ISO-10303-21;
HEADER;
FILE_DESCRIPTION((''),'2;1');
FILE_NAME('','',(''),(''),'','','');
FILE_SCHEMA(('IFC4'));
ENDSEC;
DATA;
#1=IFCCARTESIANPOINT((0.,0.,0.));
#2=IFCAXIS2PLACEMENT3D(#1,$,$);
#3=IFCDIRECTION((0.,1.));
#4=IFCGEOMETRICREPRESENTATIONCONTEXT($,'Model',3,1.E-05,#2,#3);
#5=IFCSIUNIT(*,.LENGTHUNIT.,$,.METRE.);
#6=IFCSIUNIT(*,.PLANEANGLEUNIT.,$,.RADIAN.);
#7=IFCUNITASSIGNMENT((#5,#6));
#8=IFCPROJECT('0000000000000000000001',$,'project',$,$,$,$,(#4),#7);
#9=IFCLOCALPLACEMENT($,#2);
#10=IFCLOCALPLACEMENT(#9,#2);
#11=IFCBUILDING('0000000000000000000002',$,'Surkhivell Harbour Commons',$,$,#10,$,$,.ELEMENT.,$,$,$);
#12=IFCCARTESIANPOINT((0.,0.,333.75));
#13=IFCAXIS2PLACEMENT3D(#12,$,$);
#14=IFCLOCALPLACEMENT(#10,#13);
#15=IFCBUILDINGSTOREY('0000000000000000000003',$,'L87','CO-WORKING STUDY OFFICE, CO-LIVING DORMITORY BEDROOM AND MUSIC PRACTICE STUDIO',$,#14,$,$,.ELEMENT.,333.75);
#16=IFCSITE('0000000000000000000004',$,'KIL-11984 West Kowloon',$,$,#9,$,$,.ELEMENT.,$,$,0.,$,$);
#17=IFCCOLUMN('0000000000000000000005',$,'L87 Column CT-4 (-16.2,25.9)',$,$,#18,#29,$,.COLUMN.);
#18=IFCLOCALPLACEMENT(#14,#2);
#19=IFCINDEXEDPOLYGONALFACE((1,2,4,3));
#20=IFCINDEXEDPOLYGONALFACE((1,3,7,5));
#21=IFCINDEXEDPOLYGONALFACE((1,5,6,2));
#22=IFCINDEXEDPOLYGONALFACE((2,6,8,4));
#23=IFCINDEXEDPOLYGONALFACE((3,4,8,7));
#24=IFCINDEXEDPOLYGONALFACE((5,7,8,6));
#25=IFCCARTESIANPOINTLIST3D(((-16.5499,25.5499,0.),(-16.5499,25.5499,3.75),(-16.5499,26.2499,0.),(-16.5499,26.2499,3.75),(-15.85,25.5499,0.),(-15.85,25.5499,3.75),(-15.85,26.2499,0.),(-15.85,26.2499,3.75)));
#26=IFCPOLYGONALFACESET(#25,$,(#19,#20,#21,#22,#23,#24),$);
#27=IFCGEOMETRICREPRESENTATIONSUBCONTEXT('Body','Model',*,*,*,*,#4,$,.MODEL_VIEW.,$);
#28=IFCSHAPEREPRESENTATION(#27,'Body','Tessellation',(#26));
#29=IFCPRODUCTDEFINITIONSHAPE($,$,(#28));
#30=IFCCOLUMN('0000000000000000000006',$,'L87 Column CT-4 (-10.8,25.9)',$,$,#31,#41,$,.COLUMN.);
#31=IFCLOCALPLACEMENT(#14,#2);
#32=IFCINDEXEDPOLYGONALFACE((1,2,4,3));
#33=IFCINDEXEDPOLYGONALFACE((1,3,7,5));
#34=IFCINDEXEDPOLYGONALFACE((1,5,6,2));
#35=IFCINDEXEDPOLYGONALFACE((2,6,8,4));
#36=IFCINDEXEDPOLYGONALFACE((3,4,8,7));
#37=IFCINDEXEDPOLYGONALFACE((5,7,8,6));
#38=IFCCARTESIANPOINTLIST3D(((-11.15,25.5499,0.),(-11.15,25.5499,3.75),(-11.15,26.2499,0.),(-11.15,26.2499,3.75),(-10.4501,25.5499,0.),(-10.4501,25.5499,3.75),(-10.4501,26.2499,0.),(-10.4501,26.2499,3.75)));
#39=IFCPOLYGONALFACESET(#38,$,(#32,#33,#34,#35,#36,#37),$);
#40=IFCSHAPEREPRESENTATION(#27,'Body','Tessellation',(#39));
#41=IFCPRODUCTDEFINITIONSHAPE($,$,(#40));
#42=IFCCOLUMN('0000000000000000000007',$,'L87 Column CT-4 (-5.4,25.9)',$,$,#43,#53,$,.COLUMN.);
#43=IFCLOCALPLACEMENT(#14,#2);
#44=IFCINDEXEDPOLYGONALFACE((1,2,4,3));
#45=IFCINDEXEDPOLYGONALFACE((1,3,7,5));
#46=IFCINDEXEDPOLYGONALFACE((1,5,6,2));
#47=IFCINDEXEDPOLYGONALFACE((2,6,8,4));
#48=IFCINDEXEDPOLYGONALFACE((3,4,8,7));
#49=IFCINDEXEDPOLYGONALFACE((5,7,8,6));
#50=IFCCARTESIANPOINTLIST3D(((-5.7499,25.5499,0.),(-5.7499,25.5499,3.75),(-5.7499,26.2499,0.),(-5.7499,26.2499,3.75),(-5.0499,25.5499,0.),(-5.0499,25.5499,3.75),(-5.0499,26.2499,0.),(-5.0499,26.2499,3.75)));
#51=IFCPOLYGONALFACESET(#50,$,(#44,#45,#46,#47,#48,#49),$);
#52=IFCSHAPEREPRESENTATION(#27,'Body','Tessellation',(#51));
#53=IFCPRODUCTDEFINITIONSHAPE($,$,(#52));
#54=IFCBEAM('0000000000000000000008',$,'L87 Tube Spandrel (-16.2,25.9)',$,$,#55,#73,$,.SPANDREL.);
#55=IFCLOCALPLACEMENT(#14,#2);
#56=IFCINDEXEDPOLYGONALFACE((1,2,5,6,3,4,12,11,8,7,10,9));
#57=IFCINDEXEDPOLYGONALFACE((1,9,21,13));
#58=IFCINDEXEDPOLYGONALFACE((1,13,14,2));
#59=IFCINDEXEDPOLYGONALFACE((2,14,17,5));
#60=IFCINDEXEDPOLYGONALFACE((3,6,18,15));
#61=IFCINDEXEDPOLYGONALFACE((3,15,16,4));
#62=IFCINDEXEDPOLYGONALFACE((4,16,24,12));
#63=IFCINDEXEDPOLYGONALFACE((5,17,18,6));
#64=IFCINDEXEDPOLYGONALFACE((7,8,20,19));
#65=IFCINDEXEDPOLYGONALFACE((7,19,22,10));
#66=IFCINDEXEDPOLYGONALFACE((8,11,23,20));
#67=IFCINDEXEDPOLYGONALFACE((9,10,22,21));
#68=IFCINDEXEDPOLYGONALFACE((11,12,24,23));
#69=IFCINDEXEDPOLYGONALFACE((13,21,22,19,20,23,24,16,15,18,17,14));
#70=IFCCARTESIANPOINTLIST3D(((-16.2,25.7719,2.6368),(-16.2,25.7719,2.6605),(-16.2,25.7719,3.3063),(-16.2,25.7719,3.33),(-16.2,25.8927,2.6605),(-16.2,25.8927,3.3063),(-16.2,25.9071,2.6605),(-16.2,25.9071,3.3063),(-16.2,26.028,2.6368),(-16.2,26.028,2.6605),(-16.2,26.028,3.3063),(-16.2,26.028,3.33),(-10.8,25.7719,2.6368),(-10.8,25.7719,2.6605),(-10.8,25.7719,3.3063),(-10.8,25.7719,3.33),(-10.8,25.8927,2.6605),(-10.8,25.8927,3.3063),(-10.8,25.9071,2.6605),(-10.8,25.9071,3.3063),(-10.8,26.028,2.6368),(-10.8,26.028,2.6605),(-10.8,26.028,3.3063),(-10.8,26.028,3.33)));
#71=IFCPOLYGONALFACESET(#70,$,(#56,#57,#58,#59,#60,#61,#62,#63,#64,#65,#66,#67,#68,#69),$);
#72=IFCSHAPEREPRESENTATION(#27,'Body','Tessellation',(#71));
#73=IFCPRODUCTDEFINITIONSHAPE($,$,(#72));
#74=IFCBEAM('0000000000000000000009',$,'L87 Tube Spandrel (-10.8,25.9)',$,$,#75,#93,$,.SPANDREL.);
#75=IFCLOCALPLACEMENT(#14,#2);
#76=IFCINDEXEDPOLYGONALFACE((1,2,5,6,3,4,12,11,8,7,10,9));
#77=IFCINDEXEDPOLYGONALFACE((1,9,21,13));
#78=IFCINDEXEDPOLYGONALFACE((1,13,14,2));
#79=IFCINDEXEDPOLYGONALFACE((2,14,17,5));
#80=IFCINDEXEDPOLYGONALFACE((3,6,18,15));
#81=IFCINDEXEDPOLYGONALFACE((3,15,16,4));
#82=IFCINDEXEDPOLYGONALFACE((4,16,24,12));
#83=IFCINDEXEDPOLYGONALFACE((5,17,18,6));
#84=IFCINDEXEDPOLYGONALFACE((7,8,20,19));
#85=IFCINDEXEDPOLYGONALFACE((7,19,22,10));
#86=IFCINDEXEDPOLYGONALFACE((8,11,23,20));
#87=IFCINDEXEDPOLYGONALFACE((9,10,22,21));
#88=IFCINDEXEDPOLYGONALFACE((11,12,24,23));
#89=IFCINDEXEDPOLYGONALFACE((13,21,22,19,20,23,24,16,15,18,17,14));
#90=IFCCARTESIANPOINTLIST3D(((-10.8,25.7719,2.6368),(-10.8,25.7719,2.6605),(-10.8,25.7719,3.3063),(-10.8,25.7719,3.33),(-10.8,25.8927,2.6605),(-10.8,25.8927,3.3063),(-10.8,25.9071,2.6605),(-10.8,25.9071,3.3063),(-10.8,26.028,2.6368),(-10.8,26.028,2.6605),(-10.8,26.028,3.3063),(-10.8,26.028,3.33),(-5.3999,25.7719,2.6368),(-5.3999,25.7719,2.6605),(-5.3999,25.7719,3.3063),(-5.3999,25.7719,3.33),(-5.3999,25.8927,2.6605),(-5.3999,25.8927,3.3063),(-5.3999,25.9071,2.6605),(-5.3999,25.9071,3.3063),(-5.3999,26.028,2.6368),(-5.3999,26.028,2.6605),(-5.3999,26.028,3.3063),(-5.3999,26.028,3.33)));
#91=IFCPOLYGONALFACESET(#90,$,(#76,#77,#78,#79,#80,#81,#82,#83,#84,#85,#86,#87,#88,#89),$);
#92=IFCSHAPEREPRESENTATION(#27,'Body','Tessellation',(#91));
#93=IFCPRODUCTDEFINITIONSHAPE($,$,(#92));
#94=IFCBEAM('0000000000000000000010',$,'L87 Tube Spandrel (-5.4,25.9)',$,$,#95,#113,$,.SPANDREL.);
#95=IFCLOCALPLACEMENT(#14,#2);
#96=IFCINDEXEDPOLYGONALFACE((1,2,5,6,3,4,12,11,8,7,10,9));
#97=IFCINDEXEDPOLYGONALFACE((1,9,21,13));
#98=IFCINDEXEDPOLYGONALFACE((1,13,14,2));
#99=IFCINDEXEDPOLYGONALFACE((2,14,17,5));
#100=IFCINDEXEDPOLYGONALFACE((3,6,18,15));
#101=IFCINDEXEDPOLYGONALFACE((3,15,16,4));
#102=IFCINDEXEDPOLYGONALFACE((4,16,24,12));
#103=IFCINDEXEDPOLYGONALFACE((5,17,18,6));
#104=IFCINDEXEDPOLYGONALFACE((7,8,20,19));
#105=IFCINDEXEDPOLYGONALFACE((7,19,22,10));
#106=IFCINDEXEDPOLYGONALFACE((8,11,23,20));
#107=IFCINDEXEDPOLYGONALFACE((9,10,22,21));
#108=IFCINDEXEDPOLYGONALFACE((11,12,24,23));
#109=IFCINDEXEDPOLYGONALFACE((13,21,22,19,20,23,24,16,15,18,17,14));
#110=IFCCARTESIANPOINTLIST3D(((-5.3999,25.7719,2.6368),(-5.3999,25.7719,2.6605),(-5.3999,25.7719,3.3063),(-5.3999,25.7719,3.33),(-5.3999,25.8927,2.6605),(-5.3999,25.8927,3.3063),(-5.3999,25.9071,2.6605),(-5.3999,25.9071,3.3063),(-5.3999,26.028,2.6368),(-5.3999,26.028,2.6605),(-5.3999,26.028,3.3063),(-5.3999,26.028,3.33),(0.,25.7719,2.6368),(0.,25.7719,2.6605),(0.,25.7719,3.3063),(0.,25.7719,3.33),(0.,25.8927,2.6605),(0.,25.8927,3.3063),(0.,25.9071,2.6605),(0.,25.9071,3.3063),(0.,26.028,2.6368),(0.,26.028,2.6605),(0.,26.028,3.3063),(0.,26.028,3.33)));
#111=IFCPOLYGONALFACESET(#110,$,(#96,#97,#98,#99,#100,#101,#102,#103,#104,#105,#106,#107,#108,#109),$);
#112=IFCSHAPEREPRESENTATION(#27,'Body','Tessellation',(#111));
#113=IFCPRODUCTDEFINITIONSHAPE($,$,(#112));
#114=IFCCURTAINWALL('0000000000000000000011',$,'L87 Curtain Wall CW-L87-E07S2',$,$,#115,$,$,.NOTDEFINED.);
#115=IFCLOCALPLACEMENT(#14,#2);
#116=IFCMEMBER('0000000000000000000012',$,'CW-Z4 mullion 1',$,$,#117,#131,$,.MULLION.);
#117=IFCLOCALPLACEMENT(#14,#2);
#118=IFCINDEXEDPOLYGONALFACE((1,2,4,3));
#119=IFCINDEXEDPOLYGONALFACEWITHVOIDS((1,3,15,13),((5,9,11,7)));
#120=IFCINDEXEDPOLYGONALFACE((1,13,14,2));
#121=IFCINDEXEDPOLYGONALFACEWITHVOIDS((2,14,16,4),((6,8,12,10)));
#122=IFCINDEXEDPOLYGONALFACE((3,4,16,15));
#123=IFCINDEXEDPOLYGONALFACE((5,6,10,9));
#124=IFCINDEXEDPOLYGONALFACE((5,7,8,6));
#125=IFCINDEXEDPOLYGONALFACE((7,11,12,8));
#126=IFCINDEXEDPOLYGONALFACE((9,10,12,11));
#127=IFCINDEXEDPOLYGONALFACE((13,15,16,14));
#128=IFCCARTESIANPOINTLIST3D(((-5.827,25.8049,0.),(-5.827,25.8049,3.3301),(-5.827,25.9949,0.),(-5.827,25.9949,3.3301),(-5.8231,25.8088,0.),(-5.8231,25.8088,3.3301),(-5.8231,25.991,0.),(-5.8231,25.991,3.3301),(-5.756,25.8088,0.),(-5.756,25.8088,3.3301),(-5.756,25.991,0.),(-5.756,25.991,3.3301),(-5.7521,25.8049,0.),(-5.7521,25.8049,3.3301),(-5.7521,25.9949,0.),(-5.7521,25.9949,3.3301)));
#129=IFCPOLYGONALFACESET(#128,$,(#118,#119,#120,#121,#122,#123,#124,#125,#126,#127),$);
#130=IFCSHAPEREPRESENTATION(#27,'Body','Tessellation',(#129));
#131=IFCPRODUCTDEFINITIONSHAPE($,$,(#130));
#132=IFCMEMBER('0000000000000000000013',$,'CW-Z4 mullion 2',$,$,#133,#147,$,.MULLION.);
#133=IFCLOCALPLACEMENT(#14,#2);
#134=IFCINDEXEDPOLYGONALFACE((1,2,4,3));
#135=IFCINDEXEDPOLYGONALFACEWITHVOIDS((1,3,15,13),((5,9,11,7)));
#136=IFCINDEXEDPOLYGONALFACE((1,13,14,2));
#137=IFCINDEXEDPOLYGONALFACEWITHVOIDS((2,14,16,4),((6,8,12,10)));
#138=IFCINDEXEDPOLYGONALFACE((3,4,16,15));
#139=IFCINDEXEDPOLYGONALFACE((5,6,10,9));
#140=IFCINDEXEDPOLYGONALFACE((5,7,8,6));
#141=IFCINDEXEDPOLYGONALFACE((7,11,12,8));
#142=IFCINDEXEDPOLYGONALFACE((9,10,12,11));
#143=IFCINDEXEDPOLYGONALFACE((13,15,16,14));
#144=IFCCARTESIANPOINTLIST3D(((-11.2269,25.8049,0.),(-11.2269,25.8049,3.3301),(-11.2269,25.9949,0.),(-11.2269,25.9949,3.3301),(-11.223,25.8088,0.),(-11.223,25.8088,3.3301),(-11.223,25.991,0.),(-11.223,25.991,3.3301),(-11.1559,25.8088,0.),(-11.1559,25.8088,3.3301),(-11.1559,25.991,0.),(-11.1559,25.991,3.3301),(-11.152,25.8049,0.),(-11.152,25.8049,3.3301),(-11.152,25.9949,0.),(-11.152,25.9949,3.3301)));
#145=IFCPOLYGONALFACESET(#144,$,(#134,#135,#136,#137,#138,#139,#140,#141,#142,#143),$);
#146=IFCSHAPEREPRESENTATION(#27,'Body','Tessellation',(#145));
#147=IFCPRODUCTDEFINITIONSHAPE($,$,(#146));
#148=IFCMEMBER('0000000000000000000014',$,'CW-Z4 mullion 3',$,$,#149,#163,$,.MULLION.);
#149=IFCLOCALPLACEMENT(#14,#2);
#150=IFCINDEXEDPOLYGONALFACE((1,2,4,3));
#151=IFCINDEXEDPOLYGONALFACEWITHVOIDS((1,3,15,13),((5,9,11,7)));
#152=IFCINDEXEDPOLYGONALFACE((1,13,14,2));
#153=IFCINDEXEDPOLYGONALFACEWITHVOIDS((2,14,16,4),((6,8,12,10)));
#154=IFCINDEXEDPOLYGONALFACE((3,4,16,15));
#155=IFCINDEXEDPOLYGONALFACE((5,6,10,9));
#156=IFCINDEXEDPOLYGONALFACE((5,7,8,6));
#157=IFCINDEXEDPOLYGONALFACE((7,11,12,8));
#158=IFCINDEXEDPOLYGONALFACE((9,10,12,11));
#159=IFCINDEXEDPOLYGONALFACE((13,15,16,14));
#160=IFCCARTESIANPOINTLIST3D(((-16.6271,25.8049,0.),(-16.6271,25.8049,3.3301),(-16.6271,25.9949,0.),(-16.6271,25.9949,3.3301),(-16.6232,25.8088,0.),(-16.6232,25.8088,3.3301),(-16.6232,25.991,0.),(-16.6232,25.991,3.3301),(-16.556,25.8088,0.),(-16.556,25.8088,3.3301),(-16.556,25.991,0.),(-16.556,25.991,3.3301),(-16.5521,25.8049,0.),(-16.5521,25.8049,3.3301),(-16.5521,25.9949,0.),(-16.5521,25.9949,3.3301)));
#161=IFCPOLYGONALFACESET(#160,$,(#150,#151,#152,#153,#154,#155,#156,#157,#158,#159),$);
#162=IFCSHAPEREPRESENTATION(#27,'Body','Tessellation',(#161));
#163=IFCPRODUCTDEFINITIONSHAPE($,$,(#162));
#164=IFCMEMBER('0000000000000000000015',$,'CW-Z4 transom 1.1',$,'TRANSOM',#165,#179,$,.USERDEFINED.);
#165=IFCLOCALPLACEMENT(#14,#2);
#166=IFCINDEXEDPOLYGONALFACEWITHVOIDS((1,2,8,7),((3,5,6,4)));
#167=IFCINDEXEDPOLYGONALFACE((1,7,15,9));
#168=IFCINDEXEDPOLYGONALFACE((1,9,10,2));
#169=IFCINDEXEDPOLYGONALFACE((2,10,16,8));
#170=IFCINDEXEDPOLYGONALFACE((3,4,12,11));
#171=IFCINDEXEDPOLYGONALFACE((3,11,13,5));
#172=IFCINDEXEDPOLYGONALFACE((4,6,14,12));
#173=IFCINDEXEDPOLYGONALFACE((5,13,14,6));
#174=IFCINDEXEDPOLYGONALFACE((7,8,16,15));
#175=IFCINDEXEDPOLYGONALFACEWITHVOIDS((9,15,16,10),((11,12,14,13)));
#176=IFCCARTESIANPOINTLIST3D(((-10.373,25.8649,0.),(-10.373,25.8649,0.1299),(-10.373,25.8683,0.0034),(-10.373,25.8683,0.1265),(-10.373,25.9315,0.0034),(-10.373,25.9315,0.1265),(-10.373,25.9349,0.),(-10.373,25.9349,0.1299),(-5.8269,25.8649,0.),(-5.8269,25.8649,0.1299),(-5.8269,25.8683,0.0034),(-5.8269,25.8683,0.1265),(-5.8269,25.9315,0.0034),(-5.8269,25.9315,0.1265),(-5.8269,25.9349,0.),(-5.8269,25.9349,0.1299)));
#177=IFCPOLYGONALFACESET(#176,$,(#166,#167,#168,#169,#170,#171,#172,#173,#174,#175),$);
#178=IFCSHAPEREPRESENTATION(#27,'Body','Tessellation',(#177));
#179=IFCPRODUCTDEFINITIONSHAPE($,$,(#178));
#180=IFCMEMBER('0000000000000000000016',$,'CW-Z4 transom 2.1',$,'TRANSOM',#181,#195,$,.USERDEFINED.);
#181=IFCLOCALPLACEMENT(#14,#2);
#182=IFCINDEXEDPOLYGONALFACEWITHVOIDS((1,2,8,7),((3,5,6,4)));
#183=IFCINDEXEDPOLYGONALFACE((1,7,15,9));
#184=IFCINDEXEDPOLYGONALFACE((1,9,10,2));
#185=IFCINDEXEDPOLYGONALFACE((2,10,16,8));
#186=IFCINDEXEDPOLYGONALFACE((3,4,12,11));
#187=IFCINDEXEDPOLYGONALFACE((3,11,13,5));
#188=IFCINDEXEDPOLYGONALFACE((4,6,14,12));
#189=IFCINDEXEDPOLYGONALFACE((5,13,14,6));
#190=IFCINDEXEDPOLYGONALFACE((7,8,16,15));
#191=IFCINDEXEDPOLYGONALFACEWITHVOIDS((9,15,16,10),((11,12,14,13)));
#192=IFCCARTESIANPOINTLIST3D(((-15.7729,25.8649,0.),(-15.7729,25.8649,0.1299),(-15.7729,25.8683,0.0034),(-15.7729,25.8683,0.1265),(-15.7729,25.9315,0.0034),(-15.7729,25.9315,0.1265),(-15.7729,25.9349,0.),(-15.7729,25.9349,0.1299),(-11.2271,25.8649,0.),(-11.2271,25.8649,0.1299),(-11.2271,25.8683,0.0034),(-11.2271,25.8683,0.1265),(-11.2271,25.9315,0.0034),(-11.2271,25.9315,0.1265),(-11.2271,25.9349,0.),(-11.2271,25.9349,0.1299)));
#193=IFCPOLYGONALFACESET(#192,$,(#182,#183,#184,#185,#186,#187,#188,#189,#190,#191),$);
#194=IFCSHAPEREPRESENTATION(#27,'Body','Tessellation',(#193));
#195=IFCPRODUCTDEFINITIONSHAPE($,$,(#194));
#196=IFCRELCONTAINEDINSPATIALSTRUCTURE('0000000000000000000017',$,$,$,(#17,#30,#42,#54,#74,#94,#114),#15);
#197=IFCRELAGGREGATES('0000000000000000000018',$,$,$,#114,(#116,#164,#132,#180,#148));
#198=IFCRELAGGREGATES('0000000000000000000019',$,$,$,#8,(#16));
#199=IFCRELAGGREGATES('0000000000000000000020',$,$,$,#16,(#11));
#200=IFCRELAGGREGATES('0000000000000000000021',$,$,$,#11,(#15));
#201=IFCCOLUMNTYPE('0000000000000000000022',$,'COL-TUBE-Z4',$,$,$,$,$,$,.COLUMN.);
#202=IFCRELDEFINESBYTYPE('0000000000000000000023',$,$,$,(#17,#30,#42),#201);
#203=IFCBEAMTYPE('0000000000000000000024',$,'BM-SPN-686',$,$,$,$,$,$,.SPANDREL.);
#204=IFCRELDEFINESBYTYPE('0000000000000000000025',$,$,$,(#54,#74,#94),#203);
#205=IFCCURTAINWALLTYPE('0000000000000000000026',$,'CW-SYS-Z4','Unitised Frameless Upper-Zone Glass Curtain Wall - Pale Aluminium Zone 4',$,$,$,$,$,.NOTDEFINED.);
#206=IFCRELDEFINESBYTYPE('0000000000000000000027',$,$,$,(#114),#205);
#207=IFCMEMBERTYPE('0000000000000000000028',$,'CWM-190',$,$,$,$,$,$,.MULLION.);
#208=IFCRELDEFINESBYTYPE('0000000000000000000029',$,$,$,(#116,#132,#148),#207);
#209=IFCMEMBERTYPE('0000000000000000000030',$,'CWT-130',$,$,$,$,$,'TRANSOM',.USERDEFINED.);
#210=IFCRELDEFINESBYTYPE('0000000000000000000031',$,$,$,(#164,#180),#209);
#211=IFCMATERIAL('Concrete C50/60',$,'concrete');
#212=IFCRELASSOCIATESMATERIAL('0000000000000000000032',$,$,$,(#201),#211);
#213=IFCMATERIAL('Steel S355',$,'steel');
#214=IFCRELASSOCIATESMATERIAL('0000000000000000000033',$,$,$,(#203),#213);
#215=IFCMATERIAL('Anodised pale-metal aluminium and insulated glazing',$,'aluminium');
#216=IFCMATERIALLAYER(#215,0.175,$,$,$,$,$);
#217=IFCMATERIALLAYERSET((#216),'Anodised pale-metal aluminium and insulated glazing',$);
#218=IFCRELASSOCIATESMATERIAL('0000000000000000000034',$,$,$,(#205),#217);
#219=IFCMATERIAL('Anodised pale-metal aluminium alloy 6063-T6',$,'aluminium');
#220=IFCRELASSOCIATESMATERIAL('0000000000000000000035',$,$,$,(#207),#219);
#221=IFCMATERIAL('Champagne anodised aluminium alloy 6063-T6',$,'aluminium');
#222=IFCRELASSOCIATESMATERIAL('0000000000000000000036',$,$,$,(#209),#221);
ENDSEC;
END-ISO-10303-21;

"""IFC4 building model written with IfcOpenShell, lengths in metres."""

from ifc_helpers import new_model, si_unit, direction, frame, origin, origin_2d, place, context, subcontext, project, spatial, rectangle, hollow_rectangle, i_section, extrude, material, layer, layer_set, material_profile, profile_set, type_object, element, aggregate, save


model = new_model("IFC4")

# Units and contexts
model_context = context("Model", 3, precision=1e-05, world=origin(), true_north=direction((0.0, 1.0)))
body_context = subcontext(model_context, "Body", "Model", "MODEL_VIEW")
ifc_project = project(units=[si_unit("LENGTHUNIT", "METRE"), si_unit("PLANEANGLEUNIT", "RADIAN")], contexts=[model_context])

# Site, building, storey
site_placement = place(None, origin())
site = spatial("IfcSite", under=ifc_project, at=site_placement, Name="KIL-11984 West Kowloon", CompositionType="ELEMENT", RefElevation=0.0)
building_placement = place(site_placement, origin())
building = spatial("IfcBuilding", under=site, at=building_placement, Name="Surkhivell Harbour Commons", CompositionType="ELEMENT")
storey_placement = place(building_placement, frame((0.0, 0.0, 333.75)))
storey = spatial("IfcBuildingStorey", under=building, at=storey_placement, Name="L87", Description="CO-WORKING STUDY OFFICE, CO-LIVING DORMITORY BEDROOM AND MUSIC PRACTICE STUDIO", CompositionType="ELEMENT", Elevation=333.75)

# Columns
ifc_material_1 = material(Name="Concrete C50/60", Category="concrete")
ifc_material_profile_1 = material_profile(ifc_material_1, rectangle(XDim=0.7, YDim=0.7, at=origin_2d()), Name="RC-COL-700x700")
ifc_profile_set_1 = profile_set([ifc_material_profile_1], Name="Concrete C50/60")
column_type = type_object("IfcColumnType", Name="COL-TUBE-Z4", PredefinedType="COLUMN", material=ifc_profile_set_1)
for number, where, z_axis, x_axis, name in (
    (1, (-16.2, 25.8999, 0.0), (0.0, 0.0, 1.0), (1.0, 0.0, 0.0), "L87 Column CT-4 (-16.2,25.9)"),
    (2, (-10.8, 25.8999, 0.0), (0.0, 0.0, 1.0), (1.0, 0.0, 0.0), "L87 Column CT-4 (-10.8,25.9)"),
    (3, (-5.3999, 25.8999, 0.0), (0.0, 0.0, 1.0), (1.0, 0.0, 0.0), "L87 Column CT-4 (-5.4,25.9)"),
):
    element("IfcColumn", number, at=place(storey_placement, frame(where, z_axis=z_axis, x_axis=x_axis)), inside=storey, type_object=column_type, Name=name, PredefinedType="COLUMN", context=body_context, shape_type="SweptSolid", body=[
        extrude(rectangle(XDim=0.7, YDim=0.7, at=origin_2d()), origin(), (0.0, 0.0, 1.0), 3.75),
    ])

# Beams
ifc_material_2 = material(Name="Steel S355", Category="steel")
ifc_material_profile_2 = material_profile(ifc_material_2, i_section(OverallWidth=0.2561, OverallDepth=0.6931, WebThickness=0.0144, FlangeThickness=0.0237, at=origin_2d()), Name="UB686x254x170")
ifc_profile_set_2 = profile_set([ifc_material_profile_2], Name="Steel S355")
beam_type = type_object("IfcBeamType", Name="BM-SPN-686", PredefinedType="SPANDREL", material=ifc_profile_set_2)
beam_1_placement = place(storey_placement, frame((-16.2, 25.8999, 2.9834), z_axis=(1.0, 0.0, 0.0), x_axis=(0.0, 1.0, 0.0)))
element("IfcBeam", 4, at=beam_1_placement, inside=storey, type_object=beam_type, Name="L87 Tube Spandrel (-16.2,25.9)", PredefinedType="SPANDREL", context=body_context, shape_type="SweptSolid", body=[
    extrude(i_section(OverallWidth=0.2561, OverallDepth=0.6931, WebThickness=0.0144, FlangeThickness=0.0237, at=origin_2d()), origin(), (0.0, 0.0, 1.0), 5.3999),
])
beam_2_placement = place(storey_placement, frame((-10.8, 25.8999, 2.9834), z_axis=(1.0, 0.0, 0.0), x_axis=(0.0, 1.0, 0.0)))
element("IfcBeam", 5, at=beam_2_placement, inside=storey, type_object=beam_type, Name="L87 Tube Spandrel (-10.8,25.9)", PredefinedType="SPANDREL", context=body_context, shape_type="SweptSolid", body=[
    extrude(i_section(OverallWidth=0.2561, OverallDepth=0.6931, WebThickness=0.0144, FlangeThickness=0.0237, at=origin_2d()), origin(), (0.0, 0.0, 1.0), 5.4001),
])
beam_3_placement = place(storey_placement, frame((-5.3999, 25.8999, 2.9834), z_axis=(1.0, 0.0, 0.0), x_axis=(0.0, 1.0, 0.0)))
element("IfcBeam", 6, at=beam_3_placement, inside=storey, type_object=beam_type, Name="L87 Tube Spandrel (-5.4,25.9)", PredefinedType="SPANDREL", context=body_context, shape_type="SweptSolid", body=[
    extrude(i_section(OverallWidth=0.2561, OverallDepth=0.6931, WebThickness=0.0144, FlangeThickness=0.0237, at=origin_2d()), origin(), (0.0, 0.0, 1.0), 5.3999),
])

# Curtain wall, members
ifc_material_3 = material(Name="Anodised pale-metal aluminium and insulated glazing", Category="aluminium")
ifc_layer_1 = layer(ifc_material_3, 0.175)
ifc_layer_set_1 = layer_set([ifc_layer_1], Name="Anodised pale-metal aluminium and insulated glazing")
curtain_wall_type = type_object("IfcCurtainWallType", Name="CW-SYS-Z4", Description="Unitised Frameless Upper-Zone Glass Curtain Wall - Pale Aluminium Zone 4", PredefinedType="NOTDEFINED", material=ifc_layer_set_1)
curtain_wall_placement = place(storey_placement, origin())
curtain_wall = element("IfcCurtainWall", 7, at=curtain_wall_placement, inside=storey, type_object=curtain_wall_type, Name="L87 Curtain Wall CW-L87-E07S2", PredefinedType="NOTDEFINED")
ifc_material_4 = material(Name="Anodised pale-metal aluminium alloy 6063-T6", Category="aluminium")
ifc_material_profile_3 = material_profile(ifc_material_4, hollow_rectangle(XDim=0.075, YDim=0.1899, WallThickness=0.0039, at=origin_2d()), Name="ALU-MULL-75x190")
ifc_profile_set_3 = profile_set([ifc_material_profile_3], Name="Anodised pale-metal aluminium alloy 6063-T6")
member_type_1 = type_object("IfcMemberType", Name="CWM-190", PredefinedType="MULLION", material=ifc_profile_set_3)
member_1_placement = place(storey_placement, frame((-5.7896, 25.8999, 0.0), z_axis=(0.0, 0.0, 1.0), x_axis=(-1.0, 0.0, 0.0)))
member_1 = element("IfcMember", 8, at=member_1_placement, type_object=member_type_1, Name="CW-Z4 mullion 1", PredefinedType="MULLION", context=body_context, shape_type="SweptSolid", body=[
    extrude(hollow_rectangle(XDim=0.075, YDim=0.1899, WallThickness=0.0039, at=origin_2d()), origin(), (0.0, 0.0, 1.0), 3.3301),
])
member_2_placement = place(storey_placement, frame((-11.1895, 25.8999, 0.0), z_axis=(0.0, 0.0, 1.0), x_axis=(-1.0, 0.0, 0.0)))
member_2 = element("IfcMember", 9, at=member_2_placement, type_object=member_type_1, Name="CW-Z4 mullion 2", PredefinedType="MULLION", context=body_context, shape_type="SweptSolid", body=[
    extrude(hollow_rectangle(XDim=0.075, YDim=0.1899, WallThickness=0.0039, at=origin_2d()), origin(), (0.0, 0.0, 1.0), 3.3301),
])
member_3_placement = place(storey_placement, frame((-16.5896, 25.8999, 0.0), z_axis=(0.0, 0.0, 1.0), x_axis=(-1.0, 0.0, 0.0)))
member_3 = element("IfcMember", 10, at=member_3_placement, type_object=member_type_1, Name="CW-Z4 mullion 3", PredefinedType="MULLION", context=body_context, shape_type="SweptSolid", body=[
    extrude(hollow_rectangle(XDim=0.075, YDim=0.1899, WallThickness=0.0039, at=origin_2d()), origin(), (0.0, 0.0, 1.0), 3.3301),
])
ifc_material_5 = material(Name="Champagne anodised aluminium alloy 6063-T6", Category="aluminium")
ifc_material_profile_4 = material_profile(ifc_material_5, hollow_rectangle(XDim=0.0701, YDim=0.1299, WallThickness=0.0034, at=origin_2d()), Name="ALU-TRAN-70x130")
ifc_profile_set_4 = profile_set([ifc_material_profile_4], Name="Champagne anodised aluminium alloy 6063-T6")
member_type_2 = type_object("IfcMemberType", Name="CWT-130", ElementType="TRANSOM", PredefinedType="USERDEFINED", material=ifc_profile_set_4)
member_4_placement = place(storey_placement, frame((-5.8269, 25.8999, 0.0649), z_axis=(-1.0, 0.0, 0.0), x_axis=(0.0, -1.0, 0.0)))
member_4 = element("IfcMember", 11, at=member_4_placement, type_object=member_type_2, Name="CW-Z4 transom 1.1", ObjectType="TRANSOM", PredefinedType="USERDEFINED", context=body_context, shape_type="SweptSolid", body=[
    extrude(hollow_rectangle(XDim=0.0701, YDim=0.1299, WallThickness=0.0034, at=origin_2d()), origin(), (0.0, 0.0, 1.0), 4.5461),
])
member_5_placement = place(storey_placement, frame((-11.2271, 25.8999, 0.0649), z_axis=(-1.0, 0.0, 0.0), x_axis=(0.0, -1.0, 0.0)))
member_5 = element("IfcMember", 12, at=member_5_placement, type_object=member_type_2, Name="CW-Z4 transom 2.1", ObjectType="TRANSOM", PredefinedType="USERDEFINED", context=body_context, shape_type="SweptSolid", body=[
    extrude(hollow_rectangle(XDim=0.0701, YDim=0.1299, WallThickness=0.0034, at=origin_2d()), origin(), (0.0, 0.0, 1.0), 4.5459),
])

aggregate(curtain_wall, [member_1, member_4, member_2, member_5, member_3])

save(model, "model.ifc")
